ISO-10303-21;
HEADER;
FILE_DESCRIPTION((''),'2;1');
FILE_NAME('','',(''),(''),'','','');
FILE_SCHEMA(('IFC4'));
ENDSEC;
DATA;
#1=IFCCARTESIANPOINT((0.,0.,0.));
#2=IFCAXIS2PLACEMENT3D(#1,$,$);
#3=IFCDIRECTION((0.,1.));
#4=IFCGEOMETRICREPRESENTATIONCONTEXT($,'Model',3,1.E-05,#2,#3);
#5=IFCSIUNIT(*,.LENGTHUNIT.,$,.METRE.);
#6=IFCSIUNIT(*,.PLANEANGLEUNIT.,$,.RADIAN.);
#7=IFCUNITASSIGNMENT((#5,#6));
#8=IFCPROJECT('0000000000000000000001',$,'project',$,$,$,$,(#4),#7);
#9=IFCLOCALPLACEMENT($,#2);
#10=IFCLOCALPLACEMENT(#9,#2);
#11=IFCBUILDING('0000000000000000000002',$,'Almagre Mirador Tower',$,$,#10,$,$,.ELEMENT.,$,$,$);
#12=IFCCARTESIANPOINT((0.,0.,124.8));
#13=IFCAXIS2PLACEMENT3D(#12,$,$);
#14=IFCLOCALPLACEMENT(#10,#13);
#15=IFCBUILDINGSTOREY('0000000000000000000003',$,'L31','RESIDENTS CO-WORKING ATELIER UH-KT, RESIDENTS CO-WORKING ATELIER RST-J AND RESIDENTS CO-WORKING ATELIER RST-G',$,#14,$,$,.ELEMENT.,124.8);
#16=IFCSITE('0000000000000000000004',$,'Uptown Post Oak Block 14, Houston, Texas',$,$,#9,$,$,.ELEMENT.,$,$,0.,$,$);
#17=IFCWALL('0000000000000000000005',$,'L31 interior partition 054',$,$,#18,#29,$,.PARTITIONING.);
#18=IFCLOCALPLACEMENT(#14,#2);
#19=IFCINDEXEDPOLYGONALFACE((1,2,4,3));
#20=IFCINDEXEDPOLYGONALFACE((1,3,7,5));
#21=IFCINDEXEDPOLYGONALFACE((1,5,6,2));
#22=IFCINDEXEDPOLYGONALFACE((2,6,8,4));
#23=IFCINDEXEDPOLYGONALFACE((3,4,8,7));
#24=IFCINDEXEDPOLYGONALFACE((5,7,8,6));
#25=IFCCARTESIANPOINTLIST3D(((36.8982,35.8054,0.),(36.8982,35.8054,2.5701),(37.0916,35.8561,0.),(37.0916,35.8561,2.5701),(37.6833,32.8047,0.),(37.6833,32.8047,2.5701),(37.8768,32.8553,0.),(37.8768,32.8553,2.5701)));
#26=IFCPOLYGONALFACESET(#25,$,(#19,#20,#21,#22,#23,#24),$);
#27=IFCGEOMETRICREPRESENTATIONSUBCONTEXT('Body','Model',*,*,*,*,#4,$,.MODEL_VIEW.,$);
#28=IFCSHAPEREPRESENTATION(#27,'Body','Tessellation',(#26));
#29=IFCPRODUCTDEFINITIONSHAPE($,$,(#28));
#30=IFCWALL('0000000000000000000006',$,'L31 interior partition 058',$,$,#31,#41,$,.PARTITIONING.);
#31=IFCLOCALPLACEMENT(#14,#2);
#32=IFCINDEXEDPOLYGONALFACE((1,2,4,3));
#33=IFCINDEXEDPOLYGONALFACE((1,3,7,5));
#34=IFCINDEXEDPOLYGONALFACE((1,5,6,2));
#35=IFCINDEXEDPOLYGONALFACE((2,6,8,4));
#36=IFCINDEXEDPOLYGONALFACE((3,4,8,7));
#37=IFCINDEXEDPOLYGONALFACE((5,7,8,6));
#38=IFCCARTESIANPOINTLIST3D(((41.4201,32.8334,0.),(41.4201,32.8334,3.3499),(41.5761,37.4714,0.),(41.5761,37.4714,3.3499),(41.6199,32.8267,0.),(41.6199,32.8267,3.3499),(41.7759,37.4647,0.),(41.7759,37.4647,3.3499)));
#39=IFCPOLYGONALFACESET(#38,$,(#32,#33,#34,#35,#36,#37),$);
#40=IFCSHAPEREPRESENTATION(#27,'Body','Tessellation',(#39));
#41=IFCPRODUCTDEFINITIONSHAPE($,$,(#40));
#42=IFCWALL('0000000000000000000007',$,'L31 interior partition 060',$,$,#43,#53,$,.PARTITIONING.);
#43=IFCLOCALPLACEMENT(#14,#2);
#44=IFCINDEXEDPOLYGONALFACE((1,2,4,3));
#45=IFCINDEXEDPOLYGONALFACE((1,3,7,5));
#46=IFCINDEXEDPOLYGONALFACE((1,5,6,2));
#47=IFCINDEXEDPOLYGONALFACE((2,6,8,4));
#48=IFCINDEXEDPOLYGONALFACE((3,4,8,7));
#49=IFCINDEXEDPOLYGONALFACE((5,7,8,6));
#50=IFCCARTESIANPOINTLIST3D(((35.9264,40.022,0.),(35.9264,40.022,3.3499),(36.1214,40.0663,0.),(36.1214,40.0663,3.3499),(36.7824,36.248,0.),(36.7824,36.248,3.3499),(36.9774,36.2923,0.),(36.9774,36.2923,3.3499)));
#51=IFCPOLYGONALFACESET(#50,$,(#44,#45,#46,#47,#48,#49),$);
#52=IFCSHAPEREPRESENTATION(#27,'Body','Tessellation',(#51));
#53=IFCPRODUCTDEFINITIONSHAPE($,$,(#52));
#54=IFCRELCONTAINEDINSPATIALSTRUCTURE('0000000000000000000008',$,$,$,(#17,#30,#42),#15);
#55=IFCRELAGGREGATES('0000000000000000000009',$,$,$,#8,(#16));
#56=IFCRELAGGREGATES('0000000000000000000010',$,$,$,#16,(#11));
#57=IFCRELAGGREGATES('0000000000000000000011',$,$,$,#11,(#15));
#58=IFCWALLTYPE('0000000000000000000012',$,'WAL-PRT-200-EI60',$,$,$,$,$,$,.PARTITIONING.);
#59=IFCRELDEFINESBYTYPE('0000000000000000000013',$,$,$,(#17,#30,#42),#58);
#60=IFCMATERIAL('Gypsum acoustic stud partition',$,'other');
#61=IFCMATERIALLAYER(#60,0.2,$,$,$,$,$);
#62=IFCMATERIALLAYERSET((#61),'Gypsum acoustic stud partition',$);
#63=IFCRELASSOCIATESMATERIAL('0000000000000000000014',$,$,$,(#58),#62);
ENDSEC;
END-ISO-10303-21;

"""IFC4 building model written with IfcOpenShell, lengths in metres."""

from ifc_helpers import new_model, si_unit, direction, frame, frame_2d, origin, place, context, subcontext, project, spatial, rectangle, extrude, material, layer, layer_set, type_object, element, save


model = new_model("IFC4")

# Units and contexts
model_context = context("Model", 3, precision=1e-05, world=origin(), true_north=direction((0.0, 1.0)))
body_context = subcontext(model_context, "Body", "Model", "MODEL_VIEW")
ifc_project = project(units=[si_unit("LENGTHUNIT", "METRE"), si_unit("PLANEANGLEUNIT", "RADIAN")], contexts=[model_context])

# Site, building, storey
site_placement = place(None, origin())
site = spatial("IfcSite", under=ifc_project, at=site_placement, Name="Uptown Post Oak Block 14, Houston, Texas", CompositionType="ELEMENT", RefElevation=0.0)
building_placement = place(site_placement, origin())
building = spatial("IfcBuilding", under=site, at=building_placement, Name="Almagre Mirador Tower", CompositionType="ELEMENT")
storey_placement = place(building_placement, frame((0.0, 0.0, 124.8)))
storey = spatial("IfcBuildingStorey", under=building, at=storey_placement, Name="L31", Description="RESIDENTS CO-WORKING ATELIER UH-KT, RESIDENTS CO-WORKING ATELIER RST-J AND RESIDENTS CO-WORKING ATELIER RST-G", CompositionType="ELEMENT", Elevation=124.8)

# Walls
ifc_material_1 = material(Name="Gypsum acoustic stud partition", Category="other")
ifc_layer_1 = layer(ifc_material_1, 0.2)
ifc_layer_set_1 = layer_set([ifc_layer_1], Name="Gypsum acoustic stud partition")
wall_type_1 = type_object("IfcWallType", Name="WAL-PRT-200-EI60", PredefinedType="PARTITIONING", material=ifc_layer_set_1)
wall_1_placement = place(storey_placement, frame((37.78, 32.8301, 0.0), z_axis=(0.0, 0.0, 1.0), x_axis=(-0.253133, 0.967431, 0.0)))
element("IfcWall", 1, at=wall_1_placement, inside=storey, type_object=wall_type_1, Name="L31 interior partition 054", PredefinedType="PARTITIONING", context=body_context, shape_type="SweptSolid", body=[
    extrude(rectangle(XDim=3.1018, YDim=0.2, at=frame_2d((1.5508, 0.0))), origin(), (0.0, 0.0, 1.0), 2.5701),
])
wall_2_placement = place(storey_placement, frame((41.676, 37.468, 0.0), z_axis=(0.0, 0.0, 1.0), x_axis=(-0.033618, -0.999435, 0.0)))
element("IfcWall", 2, at=wall_2_placement, inside=storey, type_object=wall_type_1, Name="L31 interior partition 058", PredefinedType="PARTITIONING", context=body_context, shape_type="SweptSolid", body=[
    extrude(rectangle(XDim=4.6406, YDim=0.2, at=frame_2d((2.3203, 0.0))), origin(), (0.0, 0.0, 1.0), 3.3499),
])
wall_3_placement = place(storey_placement, frame((36.8799, 36.27, 0.0), z_axis=(0.0, 0.0, 1.0), x_axis=(-0.22119, 0.975231, 0.0)))
element("IfcWall", 3, at=wall_3_placement, inside=storey, type_object=wall_type_1, Name="L31 interior partition 060", PredefinedType="PARTITIONING", context=body_context, shape_type="SweptSolid", body=[
    extrude(rectangle(XDim=3.8699, YDim=0.2, at=frame_2d((1.9351, 0.0))), origin(), (0.0, 0.0, 1.0), 3.3499),
])

save(model, "model.ifc")
